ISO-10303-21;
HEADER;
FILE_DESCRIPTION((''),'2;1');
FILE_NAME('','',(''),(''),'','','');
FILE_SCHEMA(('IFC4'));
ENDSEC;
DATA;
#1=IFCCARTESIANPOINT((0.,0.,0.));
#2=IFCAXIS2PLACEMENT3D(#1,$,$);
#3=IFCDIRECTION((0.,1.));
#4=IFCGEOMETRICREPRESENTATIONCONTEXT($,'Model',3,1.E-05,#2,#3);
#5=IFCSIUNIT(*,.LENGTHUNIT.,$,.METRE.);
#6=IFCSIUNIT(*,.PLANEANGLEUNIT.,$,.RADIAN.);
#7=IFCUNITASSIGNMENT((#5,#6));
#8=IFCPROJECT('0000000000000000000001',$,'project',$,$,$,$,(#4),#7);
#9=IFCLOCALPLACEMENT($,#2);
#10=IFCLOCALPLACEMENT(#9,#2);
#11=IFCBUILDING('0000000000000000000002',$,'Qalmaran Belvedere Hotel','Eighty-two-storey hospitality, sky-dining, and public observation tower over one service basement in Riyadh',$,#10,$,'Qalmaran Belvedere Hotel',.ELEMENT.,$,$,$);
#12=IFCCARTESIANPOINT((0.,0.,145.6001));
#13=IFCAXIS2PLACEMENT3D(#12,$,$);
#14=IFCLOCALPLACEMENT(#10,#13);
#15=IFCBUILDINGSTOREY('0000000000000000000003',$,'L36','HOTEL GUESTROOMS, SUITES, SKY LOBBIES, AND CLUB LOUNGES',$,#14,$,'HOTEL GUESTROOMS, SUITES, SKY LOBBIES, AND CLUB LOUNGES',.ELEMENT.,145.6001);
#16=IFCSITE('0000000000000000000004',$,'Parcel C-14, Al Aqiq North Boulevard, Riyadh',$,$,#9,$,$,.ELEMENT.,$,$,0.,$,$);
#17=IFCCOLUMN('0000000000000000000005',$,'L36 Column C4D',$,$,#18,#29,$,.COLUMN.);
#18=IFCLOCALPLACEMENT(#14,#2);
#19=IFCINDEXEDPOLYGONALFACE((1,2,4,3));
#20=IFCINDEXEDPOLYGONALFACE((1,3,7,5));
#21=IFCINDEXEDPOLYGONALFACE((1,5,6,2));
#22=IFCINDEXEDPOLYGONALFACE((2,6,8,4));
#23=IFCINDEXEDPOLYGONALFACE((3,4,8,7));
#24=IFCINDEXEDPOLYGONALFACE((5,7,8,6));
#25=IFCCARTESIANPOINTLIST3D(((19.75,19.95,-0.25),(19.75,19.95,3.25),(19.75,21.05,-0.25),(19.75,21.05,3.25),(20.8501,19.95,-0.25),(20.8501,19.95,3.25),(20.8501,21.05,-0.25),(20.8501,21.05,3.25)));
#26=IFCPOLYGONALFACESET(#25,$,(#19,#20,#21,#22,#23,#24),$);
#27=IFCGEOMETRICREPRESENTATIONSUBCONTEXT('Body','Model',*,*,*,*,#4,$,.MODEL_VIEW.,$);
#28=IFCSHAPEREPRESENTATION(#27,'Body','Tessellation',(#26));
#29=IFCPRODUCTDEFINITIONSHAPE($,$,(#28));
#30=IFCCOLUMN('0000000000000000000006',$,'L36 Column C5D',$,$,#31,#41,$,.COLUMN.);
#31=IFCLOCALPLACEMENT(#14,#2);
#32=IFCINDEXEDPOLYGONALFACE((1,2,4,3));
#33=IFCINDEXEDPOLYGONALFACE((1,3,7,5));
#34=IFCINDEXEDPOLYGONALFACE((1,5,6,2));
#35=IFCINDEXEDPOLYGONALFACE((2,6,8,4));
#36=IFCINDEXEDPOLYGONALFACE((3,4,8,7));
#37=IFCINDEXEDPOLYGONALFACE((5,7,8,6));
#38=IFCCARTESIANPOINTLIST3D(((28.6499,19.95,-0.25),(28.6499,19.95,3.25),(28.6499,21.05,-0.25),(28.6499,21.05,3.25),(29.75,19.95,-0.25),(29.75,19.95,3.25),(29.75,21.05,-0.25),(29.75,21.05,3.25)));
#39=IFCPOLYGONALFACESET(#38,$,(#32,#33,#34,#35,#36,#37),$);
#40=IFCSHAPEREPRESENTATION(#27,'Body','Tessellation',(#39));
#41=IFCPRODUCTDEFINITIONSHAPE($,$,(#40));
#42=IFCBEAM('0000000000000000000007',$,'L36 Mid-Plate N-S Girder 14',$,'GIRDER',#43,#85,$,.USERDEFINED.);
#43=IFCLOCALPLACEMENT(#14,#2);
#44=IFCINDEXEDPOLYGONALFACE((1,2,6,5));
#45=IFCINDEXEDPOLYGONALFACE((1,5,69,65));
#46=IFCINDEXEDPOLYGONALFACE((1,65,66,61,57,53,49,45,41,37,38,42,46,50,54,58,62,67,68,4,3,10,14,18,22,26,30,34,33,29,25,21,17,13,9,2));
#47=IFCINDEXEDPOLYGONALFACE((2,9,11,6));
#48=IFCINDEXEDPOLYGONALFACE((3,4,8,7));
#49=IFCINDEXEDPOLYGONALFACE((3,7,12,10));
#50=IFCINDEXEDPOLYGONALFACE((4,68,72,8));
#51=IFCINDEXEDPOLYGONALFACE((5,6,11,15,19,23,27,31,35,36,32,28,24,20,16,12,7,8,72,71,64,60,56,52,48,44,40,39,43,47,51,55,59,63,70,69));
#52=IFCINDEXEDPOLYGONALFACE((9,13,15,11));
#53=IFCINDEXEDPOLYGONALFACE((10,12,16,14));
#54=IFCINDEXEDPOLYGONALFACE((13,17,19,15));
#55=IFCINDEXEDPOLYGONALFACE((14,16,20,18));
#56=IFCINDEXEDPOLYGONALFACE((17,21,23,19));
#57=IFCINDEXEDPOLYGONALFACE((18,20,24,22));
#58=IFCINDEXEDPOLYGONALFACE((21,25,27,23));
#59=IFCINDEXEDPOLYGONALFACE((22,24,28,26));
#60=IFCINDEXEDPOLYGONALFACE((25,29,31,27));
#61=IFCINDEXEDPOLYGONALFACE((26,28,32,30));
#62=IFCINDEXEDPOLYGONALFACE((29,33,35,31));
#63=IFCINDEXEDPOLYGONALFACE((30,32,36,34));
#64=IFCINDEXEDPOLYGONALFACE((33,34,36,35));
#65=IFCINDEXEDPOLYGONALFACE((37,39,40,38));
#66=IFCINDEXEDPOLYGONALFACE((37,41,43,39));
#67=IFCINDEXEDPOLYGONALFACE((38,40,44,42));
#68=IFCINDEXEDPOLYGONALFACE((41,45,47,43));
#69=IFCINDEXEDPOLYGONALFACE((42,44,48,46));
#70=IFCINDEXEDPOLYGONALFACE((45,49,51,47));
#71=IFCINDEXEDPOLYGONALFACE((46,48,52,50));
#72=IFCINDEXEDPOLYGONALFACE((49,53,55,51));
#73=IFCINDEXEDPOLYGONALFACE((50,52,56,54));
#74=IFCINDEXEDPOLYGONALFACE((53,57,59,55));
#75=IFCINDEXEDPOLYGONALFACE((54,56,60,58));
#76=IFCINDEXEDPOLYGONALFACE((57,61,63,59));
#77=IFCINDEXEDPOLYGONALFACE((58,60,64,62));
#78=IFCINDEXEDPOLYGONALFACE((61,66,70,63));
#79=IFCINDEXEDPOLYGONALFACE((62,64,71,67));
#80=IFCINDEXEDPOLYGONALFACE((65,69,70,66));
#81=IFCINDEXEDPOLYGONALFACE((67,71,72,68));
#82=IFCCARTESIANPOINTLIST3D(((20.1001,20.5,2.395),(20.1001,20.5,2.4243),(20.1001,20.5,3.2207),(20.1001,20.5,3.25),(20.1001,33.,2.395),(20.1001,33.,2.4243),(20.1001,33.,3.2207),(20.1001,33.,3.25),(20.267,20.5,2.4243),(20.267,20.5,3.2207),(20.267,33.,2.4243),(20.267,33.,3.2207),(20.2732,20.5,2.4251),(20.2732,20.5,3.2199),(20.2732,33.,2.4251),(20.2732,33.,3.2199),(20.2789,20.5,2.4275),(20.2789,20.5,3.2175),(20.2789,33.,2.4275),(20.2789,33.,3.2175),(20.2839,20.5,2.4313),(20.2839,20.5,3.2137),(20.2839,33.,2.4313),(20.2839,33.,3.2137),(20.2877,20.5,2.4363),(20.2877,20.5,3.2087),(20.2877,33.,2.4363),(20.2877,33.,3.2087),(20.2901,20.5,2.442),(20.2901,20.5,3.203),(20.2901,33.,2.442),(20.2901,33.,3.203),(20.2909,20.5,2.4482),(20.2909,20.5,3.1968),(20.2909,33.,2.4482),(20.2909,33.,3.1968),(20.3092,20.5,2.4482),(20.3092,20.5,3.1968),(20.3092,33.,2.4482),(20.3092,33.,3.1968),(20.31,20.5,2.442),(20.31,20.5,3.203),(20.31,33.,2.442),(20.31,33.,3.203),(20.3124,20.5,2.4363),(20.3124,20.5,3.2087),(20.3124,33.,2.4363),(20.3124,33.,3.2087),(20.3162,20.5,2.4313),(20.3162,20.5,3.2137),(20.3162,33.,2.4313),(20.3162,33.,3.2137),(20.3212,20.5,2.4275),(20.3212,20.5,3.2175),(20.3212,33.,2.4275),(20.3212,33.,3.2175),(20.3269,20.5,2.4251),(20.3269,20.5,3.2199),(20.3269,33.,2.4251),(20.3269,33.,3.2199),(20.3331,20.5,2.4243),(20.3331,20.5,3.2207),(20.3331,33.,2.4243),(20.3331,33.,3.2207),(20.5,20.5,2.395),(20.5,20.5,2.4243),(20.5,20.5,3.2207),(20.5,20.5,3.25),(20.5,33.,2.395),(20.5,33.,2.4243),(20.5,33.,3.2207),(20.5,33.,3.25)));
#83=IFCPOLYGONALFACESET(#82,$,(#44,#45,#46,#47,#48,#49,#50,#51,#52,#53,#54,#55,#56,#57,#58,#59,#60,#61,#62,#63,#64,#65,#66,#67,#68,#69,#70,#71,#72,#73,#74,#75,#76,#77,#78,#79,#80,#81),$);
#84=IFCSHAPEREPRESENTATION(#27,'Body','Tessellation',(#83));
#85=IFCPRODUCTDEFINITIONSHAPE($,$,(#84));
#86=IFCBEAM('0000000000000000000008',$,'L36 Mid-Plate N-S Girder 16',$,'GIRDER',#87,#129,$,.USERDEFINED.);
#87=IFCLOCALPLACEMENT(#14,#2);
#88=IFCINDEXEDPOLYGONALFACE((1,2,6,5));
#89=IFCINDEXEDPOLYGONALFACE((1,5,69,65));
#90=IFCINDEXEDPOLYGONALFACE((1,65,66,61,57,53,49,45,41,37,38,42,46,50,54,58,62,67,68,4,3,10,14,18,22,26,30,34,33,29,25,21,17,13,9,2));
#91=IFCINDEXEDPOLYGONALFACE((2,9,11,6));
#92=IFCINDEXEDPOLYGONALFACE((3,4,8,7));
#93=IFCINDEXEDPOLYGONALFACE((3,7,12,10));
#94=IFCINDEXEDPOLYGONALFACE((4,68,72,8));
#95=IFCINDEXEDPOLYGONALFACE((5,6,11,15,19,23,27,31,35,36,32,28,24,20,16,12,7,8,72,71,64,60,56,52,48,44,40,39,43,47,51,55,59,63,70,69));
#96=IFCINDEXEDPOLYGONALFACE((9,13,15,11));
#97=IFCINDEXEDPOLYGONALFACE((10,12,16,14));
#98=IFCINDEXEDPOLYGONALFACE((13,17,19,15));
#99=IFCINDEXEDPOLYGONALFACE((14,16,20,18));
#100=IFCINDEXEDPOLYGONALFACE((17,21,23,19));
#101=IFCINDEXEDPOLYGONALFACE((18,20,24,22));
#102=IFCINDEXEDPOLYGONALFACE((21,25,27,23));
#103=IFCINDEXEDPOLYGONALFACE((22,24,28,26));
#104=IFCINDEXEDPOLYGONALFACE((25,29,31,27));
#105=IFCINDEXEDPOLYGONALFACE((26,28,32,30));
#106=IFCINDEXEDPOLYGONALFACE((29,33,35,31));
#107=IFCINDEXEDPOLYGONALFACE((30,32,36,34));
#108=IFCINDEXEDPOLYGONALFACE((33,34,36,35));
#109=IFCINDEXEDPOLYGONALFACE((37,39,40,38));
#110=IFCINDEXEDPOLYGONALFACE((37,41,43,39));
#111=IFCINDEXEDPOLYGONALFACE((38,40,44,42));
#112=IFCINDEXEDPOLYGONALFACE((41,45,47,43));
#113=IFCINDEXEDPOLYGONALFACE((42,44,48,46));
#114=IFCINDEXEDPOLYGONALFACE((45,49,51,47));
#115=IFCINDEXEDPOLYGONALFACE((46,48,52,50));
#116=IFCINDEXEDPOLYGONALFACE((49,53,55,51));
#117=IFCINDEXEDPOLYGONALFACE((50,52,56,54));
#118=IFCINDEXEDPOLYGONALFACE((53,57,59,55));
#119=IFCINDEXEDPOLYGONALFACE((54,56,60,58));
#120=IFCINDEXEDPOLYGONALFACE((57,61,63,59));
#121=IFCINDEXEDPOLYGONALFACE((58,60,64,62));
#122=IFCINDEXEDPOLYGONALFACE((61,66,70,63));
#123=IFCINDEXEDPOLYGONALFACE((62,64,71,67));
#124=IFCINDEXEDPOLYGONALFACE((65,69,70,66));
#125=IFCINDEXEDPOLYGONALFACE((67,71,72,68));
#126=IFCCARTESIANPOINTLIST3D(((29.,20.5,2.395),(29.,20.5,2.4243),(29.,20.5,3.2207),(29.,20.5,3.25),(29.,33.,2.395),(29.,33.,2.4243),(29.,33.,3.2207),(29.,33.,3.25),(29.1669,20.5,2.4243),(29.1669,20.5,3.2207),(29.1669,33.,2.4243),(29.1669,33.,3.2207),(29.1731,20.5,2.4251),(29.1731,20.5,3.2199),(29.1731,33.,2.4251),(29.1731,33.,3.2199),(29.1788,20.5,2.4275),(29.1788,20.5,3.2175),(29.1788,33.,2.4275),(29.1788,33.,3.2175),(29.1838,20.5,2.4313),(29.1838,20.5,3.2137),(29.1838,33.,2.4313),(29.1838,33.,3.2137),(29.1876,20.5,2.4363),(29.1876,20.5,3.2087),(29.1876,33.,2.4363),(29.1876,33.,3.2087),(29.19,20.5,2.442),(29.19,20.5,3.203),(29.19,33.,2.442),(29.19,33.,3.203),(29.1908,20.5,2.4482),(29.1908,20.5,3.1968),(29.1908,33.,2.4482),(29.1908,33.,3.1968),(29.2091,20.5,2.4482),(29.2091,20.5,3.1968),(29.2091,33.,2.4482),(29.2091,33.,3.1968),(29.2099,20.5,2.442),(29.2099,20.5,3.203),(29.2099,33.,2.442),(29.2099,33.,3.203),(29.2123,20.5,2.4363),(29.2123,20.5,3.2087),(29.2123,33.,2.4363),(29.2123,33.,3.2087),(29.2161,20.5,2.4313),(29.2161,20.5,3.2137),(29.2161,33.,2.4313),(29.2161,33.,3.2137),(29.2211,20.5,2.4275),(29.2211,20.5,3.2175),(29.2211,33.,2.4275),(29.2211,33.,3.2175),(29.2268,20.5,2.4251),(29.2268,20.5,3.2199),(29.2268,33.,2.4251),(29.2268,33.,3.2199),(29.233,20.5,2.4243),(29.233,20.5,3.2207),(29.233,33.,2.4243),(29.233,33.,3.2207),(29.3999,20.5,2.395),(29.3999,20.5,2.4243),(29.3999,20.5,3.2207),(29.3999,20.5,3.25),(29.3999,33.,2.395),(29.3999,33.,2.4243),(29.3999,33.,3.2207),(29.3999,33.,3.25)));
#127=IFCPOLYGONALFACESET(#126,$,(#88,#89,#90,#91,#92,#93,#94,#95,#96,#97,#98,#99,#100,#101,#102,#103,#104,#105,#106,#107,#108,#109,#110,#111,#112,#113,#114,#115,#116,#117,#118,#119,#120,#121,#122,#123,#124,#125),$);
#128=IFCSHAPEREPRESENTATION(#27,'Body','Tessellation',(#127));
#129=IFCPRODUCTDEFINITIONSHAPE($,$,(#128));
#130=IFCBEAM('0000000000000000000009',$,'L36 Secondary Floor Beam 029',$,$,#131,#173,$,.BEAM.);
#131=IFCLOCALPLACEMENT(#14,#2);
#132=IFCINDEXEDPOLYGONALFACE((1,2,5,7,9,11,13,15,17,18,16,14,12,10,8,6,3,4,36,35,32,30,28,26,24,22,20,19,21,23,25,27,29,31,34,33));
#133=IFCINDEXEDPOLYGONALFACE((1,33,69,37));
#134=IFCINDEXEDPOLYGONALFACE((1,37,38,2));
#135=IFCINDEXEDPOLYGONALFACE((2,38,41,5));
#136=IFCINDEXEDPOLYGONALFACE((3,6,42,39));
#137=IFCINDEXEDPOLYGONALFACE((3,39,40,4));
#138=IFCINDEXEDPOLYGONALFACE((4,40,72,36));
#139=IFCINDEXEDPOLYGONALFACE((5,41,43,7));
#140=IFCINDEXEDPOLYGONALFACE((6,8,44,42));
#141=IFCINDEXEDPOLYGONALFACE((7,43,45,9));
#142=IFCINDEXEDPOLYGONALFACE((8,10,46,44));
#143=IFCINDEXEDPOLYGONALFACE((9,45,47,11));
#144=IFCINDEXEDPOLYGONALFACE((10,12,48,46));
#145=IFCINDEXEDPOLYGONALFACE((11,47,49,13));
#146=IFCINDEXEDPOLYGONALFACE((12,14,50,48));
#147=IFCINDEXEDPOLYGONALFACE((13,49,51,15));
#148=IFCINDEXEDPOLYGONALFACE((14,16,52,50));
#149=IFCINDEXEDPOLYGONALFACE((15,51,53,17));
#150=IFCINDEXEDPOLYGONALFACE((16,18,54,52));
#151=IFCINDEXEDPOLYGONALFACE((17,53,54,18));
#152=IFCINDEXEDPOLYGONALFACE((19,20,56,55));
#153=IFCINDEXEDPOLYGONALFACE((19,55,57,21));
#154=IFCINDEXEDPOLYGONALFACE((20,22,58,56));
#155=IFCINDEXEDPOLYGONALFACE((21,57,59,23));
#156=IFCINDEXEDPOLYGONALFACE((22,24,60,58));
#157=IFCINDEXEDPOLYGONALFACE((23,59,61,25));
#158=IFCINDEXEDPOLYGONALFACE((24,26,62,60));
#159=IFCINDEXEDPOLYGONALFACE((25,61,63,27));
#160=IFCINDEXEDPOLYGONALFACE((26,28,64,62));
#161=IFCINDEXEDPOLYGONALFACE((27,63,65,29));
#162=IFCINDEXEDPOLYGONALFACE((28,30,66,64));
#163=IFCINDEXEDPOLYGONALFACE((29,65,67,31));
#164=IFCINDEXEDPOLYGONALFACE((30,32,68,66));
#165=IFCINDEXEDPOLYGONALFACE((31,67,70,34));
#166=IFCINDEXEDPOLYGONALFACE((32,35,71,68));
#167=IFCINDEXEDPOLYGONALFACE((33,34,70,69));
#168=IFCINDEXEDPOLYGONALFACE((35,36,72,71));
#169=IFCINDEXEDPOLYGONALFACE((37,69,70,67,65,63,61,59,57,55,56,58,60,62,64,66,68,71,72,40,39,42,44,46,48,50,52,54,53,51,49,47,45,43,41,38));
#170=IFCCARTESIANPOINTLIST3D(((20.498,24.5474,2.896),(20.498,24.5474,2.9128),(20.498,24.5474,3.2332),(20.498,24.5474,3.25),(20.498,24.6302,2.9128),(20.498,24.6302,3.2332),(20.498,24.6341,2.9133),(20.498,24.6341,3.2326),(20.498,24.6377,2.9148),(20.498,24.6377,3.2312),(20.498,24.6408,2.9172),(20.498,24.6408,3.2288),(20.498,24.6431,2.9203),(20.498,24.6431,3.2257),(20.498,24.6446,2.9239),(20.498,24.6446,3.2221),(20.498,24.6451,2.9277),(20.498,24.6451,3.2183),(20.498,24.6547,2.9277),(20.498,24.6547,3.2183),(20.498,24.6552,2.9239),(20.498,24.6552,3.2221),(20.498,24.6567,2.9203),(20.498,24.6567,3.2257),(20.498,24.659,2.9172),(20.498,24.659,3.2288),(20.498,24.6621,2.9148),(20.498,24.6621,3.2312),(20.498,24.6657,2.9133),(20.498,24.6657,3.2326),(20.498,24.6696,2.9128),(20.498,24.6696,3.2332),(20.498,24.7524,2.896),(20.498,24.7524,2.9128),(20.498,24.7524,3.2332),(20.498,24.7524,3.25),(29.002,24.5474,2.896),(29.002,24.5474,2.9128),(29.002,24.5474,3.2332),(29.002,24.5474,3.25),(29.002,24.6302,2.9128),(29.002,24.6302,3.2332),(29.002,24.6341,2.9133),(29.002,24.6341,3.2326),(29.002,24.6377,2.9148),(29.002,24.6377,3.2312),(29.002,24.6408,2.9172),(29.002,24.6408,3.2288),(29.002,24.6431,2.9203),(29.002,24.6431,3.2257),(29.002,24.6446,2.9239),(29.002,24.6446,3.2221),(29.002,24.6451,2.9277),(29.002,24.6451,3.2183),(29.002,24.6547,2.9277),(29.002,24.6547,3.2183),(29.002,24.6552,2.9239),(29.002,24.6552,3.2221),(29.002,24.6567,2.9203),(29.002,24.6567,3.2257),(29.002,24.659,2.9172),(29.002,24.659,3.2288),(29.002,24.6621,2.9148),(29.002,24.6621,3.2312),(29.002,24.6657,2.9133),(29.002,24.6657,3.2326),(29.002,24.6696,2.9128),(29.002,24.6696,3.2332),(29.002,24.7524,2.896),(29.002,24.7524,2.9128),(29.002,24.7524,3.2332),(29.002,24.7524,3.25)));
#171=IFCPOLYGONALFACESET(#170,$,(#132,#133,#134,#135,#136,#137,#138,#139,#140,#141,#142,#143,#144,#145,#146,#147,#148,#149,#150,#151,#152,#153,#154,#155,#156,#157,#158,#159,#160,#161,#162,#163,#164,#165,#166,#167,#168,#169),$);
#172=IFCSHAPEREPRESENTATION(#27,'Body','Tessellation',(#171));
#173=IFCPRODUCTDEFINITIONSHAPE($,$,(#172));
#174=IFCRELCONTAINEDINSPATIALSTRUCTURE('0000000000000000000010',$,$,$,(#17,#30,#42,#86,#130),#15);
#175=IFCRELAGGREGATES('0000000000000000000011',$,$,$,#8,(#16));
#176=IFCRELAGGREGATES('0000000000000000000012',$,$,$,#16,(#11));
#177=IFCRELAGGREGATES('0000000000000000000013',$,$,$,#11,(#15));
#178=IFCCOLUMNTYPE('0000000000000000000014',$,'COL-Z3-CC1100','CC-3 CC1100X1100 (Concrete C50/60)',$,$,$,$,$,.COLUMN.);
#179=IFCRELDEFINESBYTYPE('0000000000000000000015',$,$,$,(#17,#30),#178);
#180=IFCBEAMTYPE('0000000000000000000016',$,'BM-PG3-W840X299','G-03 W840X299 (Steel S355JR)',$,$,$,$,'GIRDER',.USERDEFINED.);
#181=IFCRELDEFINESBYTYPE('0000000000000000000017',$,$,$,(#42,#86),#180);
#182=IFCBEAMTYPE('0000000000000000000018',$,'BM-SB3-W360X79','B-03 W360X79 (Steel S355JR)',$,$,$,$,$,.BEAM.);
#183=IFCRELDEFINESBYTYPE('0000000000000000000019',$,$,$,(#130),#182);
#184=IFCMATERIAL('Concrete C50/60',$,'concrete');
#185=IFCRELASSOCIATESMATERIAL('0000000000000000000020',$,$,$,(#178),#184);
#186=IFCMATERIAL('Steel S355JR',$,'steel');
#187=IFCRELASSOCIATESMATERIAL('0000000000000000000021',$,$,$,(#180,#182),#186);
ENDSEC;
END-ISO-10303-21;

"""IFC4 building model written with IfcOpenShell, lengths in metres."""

from ifc_helpers import new_model, si_unit, direction, frame, origin, origin_2d, place, context, subcontext, project, spatial, rectangle, i_section, extrude, material, material_profile, profile_set, type_object, element, save


model = new_model("IFC4")

# Units and contexts
model_context = context("Model", 3, precision=1e-05, world=origin(), true_north=direction((0.0, 1.0)))
body_context = subcontext(model_context, "Body", "Model", "MODEL_VIEW")
ifc_project = project(units=[si_unit("LENGTHUNIT", "METRE"), si_unit("PLANEANGLEUNIT", "RADIAN")], contexts=[model_context])

# Site, building, storey
site_placement = place(None, origin())
site = spatial("IfcSite", under=ifc_project, at=site_placement, Name="Parcel C-14, Al Aqiq North Boulevard, Riyadh", CompositionType="ELEMENT", RefElevation=0.0)
building_placement = place(site_placement, origin())
building = spatial("IfcBuilding", under=site, at=building_placement, Name="Qalmaran Belvedere Hotel", Description="Eighty-two-storey hospitality, sky-dining, and public observation tower over one service basement in Riyadh", LongName="Qalmaran Belvedere Hotel", CompositionType="ELEMENT")
storey_placement = place(building_placement, frame((0.0, 0.0, 145.6001)))
storey = spatial("IfcBuildingStorey", under=building, at=storey_placement, Name="L36", Description="HOTEL GUESTROOMS, SUITES, SKY LOBBIES, AND CLUB LOUNGES", LongName="HOTEL GUESTROOMS, SUITES, SKY LOBBIES, AND CLUB LOUNGES", CompositionType="ELEMENT", Elevation=145.6001)

# Columns
ifc_material_1 = material(Name="Concrete C50/60", Category="concrete")
ifc_material_profile_1 = material_profile(ifc_material_1, rectangle(XDim=1.1001, YDim=1.1001, at=origin_2d()), Name="CC1100X1100")
ifc_profile_set_1 = profile_set([ifc_material_profile_1], Name="Concrete C50/60")
column_type = type_object("IfcColumnType", Name="COL-Z3-CC1100", Description="CC-3 CC1100X1100 (Concrete C50/60)", PredefinedType="COLUMN", material=ifc_profile_set_1)
for number, where, z_axis, x_axis, name in (
    (1, (20.3, 20.5, -0.25), (0.0, 0.0, 1.0), (1.0, 0.0, 0.0), "L36 Column C4D"),
    (2, (29.2, 20.5, -0.25), (0.0, 0.0, 1.0), (1.0, 0.0, 0.0), "L36 Column C5D"),
):
    element("IfcColumn", number, at=place(storey_placement, frame(where, z_axis=z_axis, x_axis=x_axis)), inside=storey, type_object=column_type, Name=name, PredefinedType="COLUMN", context=body_context, shape_type="SweptSolid", body=[
        extrude(rectangle(XDim=1.1001, YDim=1.1001, at=origin_2d()), origin(), (0.0, 0.0, 1.0), 3.5),
    ])

# Beams
ifc_material_2 = material(Name="Steel S355JR", Category="steel")
ifc_material_profile_2 = material_profile(ifc_material_2, i_section(OverallWidth=0.3999, OverallDepth=0.855, WebThickness=0.0183, FlangeThickness=0.0293, FilletRadius=0.0239, at=origin_2d()), Name="W840X299")
ifc_profile_set_2 = profile_set([ifc_material_profile_2], Name="Steel S355JR")
beam_type_1 = type_object("IfcBeamType", Name="BM-PG3-W840X299", Description="G-03 W840X299 (Steel S355JR)", ElementType="GIRDER", PredefinedType="USERDEFINED", material=ifc_profile_set_2)
for number, where, z_axis, x_axis, name in (
    (3, (20.3, 20.5, 2.8225), (0.0, 1.0, 0.0), (-1.0, 0.0, 0.0), "L36 Mid-Plate N-S Girder 14"),
    (4, (29.2, 20.5, 2.8225), (0.0, 1.0, 0.0), (-1.0, 0.0, 0.0), "L36 Mid-Plate N-S Girder 16"),
):
    element("IfcBeam", number, at=place(storey_placement, frame(where, z_axis=z_axis, x_axis=x_axis)), inside=storey, type_object=beam_type_1, Name=name, ObjectType="GIRDER", PredefinedType="USERDEFINED", context=body_context, shape_type="SweptSolid", body=[
        extrude(i_section(OverallWidth=0.3999, OverallDepth=0.855, WebThickness=0.0183, FlangeThickness=0.0293, FilletRadius=0.0239, at=origin_2d()), origin(), (0.0, 0.0, 1.0), 12.5),
    ])
ifc_material_profile_3 = material_profile(ifc_material_2, i_section(OverallWidth=0.2051, OverallDepth=0.354, WebThickness=0.0095, FlangeThickness=0.0168, FilletRadius=0.0149, at=origin_2d()), Name="W360X79")
ifc_profile_set_3 = profile_set([ifc_material_profile_3], Name="Steel S355JR")
beam_type_2 = type_object("IfcBeamType", Name="BM-SB3-W360X79", Description="B-03 W360X79 (Steel S355JR)", PredefinedType="BEAM", material=ifc_profile_set_3)
for number, where, z_axis, x_axis, name in (
    (5, (20.498, 24.6499, 3.073), (1.0, 0.0, 0.0), (0.0, 1.0, 0.0), "L36 Secondary Floor Beam 029"),
):
    element("IfcBeam", number, at=place(storey_placement, frame(where, z_axis=z_axis, x_axis=x_axis)), inside=storey, type_object=beam_type_2, Name=name, PredefinedType="BEAM", context=body_context, shape_type="SweptSolid", body=[
        extrude(i_section(OverallWidth=0.2051, OverallDepth=0.354, WebThickness=0.0095, FlangeThickness=0.0168, FilletRadius=0.0149, at=origin_2d()), origin(), (0.0, 0.0, 1.0), 8.5039),
    ])

save(model, "model.ifc")
